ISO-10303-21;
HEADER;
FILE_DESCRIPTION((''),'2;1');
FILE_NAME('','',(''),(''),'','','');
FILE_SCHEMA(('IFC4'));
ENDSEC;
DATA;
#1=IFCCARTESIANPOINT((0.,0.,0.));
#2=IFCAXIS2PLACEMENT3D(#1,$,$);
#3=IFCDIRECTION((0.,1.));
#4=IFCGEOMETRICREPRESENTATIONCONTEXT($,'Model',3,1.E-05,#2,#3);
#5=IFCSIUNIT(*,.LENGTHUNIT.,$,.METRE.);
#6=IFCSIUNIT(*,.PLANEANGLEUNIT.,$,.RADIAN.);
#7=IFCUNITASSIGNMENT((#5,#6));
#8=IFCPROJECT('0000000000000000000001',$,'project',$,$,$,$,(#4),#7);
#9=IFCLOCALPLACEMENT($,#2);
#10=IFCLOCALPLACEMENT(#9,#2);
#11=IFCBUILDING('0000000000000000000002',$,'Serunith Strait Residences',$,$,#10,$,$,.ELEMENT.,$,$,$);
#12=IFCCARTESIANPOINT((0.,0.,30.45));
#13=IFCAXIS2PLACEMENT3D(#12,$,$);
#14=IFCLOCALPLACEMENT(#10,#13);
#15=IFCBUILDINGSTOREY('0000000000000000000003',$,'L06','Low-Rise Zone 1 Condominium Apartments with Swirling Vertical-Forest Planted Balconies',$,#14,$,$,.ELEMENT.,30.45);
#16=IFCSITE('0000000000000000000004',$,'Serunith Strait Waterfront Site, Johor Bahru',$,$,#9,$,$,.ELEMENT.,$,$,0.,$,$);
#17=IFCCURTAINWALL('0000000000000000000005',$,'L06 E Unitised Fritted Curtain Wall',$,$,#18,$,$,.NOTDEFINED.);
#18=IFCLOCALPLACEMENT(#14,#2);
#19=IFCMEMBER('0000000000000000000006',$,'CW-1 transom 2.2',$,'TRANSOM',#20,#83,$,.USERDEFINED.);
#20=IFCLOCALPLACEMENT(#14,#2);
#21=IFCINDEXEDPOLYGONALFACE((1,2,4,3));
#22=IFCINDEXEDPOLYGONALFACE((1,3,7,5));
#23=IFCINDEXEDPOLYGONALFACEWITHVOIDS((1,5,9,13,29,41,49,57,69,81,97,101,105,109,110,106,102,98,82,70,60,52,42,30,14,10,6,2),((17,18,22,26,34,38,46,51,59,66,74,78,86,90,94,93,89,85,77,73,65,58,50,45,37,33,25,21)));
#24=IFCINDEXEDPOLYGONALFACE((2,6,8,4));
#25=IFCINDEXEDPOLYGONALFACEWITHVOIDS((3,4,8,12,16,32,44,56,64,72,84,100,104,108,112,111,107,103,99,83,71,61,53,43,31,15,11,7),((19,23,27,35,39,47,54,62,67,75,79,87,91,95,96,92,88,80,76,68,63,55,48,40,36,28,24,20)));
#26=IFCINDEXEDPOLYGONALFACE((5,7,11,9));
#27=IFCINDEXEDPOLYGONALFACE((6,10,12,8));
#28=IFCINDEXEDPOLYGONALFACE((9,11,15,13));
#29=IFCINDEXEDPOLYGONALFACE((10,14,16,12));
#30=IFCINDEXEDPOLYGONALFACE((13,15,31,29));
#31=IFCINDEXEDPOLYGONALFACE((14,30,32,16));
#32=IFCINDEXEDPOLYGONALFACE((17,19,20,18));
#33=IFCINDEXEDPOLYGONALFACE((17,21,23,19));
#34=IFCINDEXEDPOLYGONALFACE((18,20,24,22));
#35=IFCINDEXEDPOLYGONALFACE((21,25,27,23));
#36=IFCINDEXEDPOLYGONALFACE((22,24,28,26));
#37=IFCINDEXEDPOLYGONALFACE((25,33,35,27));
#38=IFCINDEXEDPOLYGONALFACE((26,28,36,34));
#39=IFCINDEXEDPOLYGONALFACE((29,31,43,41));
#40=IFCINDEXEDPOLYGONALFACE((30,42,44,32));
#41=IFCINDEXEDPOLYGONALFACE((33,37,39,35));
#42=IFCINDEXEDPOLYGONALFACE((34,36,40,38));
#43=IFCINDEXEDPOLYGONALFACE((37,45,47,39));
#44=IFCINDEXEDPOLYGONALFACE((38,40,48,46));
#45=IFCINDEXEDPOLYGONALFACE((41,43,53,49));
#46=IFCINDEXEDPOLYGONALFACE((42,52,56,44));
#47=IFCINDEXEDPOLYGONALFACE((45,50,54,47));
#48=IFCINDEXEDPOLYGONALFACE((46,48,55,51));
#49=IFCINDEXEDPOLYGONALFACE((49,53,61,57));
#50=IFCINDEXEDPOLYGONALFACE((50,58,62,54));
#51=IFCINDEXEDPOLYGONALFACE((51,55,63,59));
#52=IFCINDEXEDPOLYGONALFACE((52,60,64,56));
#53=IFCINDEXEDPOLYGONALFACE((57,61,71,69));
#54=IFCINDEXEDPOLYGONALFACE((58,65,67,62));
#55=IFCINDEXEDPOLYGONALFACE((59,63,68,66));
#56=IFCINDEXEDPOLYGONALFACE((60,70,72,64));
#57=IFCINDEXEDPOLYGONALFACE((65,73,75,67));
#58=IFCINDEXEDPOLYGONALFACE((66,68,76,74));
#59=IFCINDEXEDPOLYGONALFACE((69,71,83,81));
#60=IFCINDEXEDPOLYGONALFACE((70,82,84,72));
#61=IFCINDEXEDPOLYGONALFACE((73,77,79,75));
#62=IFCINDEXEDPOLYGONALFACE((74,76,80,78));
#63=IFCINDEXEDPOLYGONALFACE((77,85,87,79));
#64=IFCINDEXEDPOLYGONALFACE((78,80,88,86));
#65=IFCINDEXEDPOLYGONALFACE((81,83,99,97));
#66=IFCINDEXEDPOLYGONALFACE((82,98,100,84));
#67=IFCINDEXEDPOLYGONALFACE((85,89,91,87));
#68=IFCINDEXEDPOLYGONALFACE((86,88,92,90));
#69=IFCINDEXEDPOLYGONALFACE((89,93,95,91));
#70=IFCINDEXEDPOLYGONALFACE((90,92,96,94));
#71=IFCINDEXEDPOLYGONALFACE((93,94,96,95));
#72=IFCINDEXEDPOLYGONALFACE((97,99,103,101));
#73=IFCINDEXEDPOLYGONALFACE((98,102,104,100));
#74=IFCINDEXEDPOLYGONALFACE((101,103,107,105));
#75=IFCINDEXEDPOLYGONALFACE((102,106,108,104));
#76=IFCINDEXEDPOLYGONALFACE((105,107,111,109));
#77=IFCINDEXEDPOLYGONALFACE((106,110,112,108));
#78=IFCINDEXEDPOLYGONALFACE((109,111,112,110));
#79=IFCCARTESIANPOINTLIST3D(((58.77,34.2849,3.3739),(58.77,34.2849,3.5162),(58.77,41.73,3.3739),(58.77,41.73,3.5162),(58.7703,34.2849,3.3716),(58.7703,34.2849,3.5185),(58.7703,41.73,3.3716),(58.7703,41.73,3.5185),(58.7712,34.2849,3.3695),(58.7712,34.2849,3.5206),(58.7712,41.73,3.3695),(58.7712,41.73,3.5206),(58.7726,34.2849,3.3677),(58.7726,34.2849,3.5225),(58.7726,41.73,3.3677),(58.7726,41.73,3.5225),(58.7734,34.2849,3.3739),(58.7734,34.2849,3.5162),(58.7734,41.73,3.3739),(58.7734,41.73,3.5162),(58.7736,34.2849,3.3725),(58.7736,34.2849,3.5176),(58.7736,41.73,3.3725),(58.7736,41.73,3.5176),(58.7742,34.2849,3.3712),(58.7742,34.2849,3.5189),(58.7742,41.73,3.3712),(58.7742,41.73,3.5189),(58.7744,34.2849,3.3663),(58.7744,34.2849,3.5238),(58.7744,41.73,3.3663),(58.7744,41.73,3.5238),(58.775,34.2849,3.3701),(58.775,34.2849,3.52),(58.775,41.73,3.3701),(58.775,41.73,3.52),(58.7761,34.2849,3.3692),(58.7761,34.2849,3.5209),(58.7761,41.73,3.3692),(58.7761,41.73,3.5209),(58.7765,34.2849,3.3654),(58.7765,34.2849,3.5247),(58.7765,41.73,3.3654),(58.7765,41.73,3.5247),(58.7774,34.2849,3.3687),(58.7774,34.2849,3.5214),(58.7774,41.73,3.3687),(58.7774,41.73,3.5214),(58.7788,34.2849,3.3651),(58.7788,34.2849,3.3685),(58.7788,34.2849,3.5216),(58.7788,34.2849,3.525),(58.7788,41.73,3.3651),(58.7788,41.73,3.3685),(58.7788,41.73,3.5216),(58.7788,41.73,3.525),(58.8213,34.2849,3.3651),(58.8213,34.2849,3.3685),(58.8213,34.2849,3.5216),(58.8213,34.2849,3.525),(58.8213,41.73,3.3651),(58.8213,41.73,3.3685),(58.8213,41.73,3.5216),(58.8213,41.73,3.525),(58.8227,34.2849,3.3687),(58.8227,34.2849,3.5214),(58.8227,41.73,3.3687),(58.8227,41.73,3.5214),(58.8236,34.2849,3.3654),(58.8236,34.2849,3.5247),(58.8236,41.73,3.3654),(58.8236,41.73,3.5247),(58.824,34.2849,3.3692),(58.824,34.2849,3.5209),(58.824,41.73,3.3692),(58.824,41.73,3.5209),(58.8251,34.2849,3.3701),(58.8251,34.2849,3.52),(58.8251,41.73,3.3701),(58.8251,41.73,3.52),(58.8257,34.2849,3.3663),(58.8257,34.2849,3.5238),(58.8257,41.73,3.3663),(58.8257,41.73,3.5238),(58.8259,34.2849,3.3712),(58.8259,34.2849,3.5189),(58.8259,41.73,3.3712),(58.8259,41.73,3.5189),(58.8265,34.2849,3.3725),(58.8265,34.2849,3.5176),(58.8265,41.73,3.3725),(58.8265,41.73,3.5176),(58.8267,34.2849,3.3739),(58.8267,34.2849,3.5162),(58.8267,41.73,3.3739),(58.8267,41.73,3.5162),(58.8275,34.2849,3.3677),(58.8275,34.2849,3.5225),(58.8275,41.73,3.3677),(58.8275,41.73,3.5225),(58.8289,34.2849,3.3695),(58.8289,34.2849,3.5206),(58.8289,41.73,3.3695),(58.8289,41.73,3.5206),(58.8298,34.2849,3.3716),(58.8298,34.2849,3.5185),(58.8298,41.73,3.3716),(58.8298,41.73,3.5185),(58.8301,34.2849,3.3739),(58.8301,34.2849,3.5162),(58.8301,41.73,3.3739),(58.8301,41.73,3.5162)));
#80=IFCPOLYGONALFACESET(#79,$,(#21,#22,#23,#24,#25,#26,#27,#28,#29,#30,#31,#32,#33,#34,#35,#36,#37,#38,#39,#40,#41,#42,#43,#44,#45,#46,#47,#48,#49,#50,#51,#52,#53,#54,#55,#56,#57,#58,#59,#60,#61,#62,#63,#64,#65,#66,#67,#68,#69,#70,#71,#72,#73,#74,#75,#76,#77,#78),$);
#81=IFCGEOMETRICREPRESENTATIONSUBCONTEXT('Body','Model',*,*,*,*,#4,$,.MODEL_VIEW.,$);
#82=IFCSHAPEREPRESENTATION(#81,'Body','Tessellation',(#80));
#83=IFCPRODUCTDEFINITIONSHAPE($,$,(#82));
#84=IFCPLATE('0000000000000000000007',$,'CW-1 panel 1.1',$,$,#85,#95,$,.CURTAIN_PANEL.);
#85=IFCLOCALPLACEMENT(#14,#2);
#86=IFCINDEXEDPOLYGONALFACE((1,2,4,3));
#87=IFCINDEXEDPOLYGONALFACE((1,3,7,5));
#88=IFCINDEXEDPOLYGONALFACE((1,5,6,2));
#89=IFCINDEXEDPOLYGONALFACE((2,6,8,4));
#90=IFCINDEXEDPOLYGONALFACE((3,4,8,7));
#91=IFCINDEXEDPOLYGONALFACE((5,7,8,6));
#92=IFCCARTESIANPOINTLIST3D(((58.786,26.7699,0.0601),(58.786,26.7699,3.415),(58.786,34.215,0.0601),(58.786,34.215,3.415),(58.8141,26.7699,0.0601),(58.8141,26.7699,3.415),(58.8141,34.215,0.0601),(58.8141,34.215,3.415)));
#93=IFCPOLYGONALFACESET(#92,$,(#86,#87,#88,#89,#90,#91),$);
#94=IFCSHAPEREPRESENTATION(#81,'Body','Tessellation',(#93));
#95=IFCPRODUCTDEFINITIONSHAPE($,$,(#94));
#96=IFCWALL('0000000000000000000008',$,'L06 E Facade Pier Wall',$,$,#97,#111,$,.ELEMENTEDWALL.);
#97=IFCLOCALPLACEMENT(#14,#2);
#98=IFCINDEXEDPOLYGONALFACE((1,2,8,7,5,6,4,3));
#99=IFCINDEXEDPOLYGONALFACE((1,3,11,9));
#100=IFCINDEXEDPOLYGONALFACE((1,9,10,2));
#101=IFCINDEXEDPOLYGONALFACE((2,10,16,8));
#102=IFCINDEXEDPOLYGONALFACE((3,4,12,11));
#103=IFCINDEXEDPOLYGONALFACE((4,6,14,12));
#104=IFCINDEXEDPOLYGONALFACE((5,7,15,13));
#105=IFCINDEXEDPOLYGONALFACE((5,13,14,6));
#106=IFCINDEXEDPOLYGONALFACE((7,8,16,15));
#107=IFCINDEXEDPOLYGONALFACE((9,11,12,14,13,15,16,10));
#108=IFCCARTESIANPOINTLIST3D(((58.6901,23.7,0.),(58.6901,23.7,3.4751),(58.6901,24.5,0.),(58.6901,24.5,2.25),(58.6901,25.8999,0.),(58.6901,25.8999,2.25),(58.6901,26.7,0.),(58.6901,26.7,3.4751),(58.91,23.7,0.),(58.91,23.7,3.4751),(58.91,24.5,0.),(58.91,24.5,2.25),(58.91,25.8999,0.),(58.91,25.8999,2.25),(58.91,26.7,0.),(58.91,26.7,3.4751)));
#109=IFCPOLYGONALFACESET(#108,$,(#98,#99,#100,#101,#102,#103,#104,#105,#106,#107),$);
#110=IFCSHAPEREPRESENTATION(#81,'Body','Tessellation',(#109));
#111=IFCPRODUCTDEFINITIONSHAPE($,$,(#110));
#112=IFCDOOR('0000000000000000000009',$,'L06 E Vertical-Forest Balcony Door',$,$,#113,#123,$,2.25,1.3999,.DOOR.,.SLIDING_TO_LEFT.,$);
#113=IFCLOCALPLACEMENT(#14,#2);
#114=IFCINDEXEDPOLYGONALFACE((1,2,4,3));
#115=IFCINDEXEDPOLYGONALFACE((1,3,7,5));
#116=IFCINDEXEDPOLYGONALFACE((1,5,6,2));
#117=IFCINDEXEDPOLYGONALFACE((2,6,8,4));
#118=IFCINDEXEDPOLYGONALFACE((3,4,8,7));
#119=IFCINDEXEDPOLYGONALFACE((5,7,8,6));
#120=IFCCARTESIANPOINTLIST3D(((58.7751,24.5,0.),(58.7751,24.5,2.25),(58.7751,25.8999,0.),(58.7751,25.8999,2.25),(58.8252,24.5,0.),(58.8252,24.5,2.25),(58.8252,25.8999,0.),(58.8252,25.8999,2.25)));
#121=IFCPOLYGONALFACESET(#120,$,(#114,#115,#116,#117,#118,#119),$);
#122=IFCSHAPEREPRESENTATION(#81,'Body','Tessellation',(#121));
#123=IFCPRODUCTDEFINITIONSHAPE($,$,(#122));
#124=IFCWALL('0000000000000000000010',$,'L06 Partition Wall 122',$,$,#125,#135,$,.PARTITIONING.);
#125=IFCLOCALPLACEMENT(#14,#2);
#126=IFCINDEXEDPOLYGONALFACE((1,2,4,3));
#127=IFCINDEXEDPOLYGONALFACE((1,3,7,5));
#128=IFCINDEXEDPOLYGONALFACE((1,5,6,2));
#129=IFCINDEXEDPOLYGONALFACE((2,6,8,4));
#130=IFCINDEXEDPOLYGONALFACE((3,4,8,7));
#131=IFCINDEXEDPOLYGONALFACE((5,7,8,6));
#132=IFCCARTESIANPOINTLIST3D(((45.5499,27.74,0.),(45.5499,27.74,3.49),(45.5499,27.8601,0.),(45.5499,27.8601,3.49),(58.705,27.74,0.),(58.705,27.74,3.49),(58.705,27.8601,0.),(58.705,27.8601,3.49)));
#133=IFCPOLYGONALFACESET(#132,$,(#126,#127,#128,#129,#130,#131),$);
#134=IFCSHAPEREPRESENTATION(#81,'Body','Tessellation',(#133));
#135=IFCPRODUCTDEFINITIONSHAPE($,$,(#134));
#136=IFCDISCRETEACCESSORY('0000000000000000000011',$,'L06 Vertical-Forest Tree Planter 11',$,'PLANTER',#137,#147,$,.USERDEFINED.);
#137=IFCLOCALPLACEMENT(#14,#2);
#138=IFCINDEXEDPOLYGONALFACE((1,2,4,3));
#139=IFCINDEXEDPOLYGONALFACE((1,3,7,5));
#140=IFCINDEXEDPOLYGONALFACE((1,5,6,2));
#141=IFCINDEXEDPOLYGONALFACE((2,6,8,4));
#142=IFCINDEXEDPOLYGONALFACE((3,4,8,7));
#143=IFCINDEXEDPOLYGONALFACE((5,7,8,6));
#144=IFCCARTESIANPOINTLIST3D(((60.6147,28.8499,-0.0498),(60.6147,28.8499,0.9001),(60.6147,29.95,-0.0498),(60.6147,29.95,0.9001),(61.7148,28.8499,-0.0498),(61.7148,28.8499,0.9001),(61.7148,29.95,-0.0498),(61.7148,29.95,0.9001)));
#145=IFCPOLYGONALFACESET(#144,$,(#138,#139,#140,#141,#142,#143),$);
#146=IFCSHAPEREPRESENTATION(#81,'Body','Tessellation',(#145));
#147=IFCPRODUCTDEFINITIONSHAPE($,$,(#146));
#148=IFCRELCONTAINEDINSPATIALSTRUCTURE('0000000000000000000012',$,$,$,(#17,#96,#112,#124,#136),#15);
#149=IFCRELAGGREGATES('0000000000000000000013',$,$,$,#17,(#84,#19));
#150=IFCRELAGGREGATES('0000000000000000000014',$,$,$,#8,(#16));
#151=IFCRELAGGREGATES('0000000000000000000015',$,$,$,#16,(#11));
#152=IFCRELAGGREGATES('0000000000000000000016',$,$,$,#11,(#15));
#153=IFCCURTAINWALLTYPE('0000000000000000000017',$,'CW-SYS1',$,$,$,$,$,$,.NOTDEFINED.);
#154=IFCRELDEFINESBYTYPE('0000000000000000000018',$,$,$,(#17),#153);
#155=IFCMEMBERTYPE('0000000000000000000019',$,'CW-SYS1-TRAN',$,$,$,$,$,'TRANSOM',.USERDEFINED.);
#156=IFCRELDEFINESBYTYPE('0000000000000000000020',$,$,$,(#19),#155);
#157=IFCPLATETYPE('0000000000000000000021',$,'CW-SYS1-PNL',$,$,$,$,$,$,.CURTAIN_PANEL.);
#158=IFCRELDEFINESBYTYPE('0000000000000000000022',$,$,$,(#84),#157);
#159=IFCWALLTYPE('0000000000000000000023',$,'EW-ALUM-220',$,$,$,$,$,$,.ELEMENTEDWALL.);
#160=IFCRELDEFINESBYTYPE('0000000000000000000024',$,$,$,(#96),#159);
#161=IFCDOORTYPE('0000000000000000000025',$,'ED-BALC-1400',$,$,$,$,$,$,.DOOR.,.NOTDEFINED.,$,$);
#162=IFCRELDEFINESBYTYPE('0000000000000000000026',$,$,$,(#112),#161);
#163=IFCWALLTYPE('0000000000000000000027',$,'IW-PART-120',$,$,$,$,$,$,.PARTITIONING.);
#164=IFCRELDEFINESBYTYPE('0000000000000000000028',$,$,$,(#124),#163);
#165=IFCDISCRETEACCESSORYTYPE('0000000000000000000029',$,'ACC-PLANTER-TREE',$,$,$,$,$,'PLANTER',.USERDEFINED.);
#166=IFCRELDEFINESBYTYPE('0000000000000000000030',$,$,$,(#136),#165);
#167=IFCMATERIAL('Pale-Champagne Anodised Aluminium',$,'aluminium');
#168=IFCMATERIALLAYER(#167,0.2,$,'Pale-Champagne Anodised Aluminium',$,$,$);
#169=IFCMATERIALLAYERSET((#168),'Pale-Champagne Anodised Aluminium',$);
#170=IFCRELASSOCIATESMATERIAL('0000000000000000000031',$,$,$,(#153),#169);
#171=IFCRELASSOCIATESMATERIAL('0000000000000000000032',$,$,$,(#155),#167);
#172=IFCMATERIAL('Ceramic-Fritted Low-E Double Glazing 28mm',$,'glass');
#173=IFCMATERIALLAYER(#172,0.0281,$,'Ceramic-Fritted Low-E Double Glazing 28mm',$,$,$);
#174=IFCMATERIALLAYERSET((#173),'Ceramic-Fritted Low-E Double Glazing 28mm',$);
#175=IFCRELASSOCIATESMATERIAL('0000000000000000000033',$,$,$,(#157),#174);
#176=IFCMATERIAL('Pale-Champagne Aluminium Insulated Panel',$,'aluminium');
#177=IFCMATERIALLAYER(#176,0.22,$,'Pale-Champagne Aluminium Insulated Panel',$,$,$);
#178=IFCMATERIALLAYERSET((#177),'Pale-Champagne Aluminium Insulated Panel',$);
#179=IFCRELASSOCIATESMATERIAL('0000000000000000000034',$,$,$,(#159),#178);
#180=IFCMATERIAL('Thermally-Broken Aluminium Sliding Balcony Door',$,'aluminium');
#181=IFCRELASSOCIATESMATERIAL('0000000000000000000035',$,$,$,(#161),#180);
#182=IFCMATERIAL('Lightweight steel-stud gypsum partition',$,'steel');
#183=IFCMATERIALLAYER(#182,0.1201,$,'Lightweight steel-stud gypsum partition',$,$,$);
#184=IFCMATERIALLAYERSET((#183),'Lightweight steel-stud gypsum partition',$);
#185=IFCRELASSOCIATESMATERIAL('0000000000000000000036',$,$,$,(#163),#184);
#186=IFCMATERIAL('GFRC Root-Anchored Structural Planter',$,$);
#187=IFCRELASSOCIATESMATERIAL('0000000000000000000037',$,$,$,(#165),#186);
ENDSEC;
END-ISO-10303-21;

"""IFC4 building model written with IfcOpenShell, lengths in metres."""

from ifc_helpers import new_model, si_unit, direction, frame, frame_2d, origin, origin_2d, place, context, subcontext, project, spatial, rectangle, hollow_rectangle, extrude, source, transform, mapped, material, layer, layer_set, material_profile, profile_set, type_object, element, fill, aggregate, save


model = new_model("IFC4")

# Units and contexts
model_context = context("Model", 3, precision=1e-05, world=origin(), true_north=direction((0.0, 1.0)))
body_context = subcontext(model_context, "Body", "Model", "MODEL_VIEW")
ifc_project = project(units=[si_unit("LENGTHUNIT", "METRE"), si_unit("PLANEANGLEUNIT", "RADIAN")], contexts=[model_context])

# Site, building, storey
site_placement = place(None, origin())
site = spatial("IfcSite", under=ifc_project, at=site_placement, Name="Serunith Strait Waterfront Site, Johor Bahru", CompositionType="ELEMENT", RefElevation=0.0)
building_placement = place(site_placement, origin())
building = spatial("IfcBuilding", under=site, at=building_placement, Name="Serunith Strait Residences", CompositionType="ELEMENT")
storey_placement = place(building_placement, frame((0.0, 0.0, 30.45)))
storey = spatial("IfcBuildingStorey", under=building, at=storey_placement, Name="L06", Description="Low-Rise Zone 1 Condominium Apartments with Swirling Vertical-Forest Planted Balconies", CompositionType="ELEMENT", Elevation=30.45)

# Curtain wall, member, plate
ifc_material_1 = material(Name="Pale-Champagne Anodised Aluminium", Category="aluminium")
ifc_layer_1 = layer(ifc_material_1, 0.2, Name="Pale-Champagne Anodised Aluminium")
ifc_layer_set_1 = layer_set([ifc_layer_1], Name="Pale-Champagne Anodised Aluminium")
curtain_wall_type = type_object("IfcCurtainWallType", Name="CW-SYS1", PredefinedType="NOTDEFINED", material=ifc_layer_set_1)
curtain_wall_placement = place(storey_placement, origin())
curtain_wall = element("IfcCurtainWall", 1, at=curtain_wall_placement, inside=storey, type_object=curtain_wall_type, Name="L06 E Unitised Fritted Curtain Wall", PredefinedType="NOTDEFINED")
ifc_material_profile_1 = material_profile(ifc_material_1, hollow_rectangle(XDim=0.0601, YDim=0.1599, WallThickness=0.0034, InnerFilletRadius=0.0054, OuterFilletRadius=0.0088, at=origin_2d()), Name="ALU 160x60x3.5")
ifc_profile_set_1 = profile_set([ifc_material_profile_1], Name="Pale-Champagne Anodised Aluminium")
member_type_1 = type_object("IfcMemberType", Name="CW-SYS1-TRAN", ElementType="TRANSOM", PredefinedType="USERDEFINED", material=ifc_profile_set_1)
shared_shape_1 = source(origin(), body_context, "Body", "SweptSolid", [
    extrude(hollow_rectangle(XDim=0.0601, YDim=0.1599, WallThickness=0.0034, InnerFilletRadius=0.0054, OuterFilletRadius=0.0088, at=origin_2d()), origin(), (0.0, 0.0, 1.0), 7.4451),
])
member_1_placement = place(storey_placement, frame((58.8, 34.2849, 3.4451), z_axis=(0.0, 1.0, 0.0), x_axis=(-1.0, 0.0, 0.0)))
member_1 = element("IfcMember", 2, at=member_1_placement, type_object=member_type_1, Name="CW-1 transom 2.2", ObjectType="TRANSOM", PredefinedType="USERDEFINED", context=body_context, shape_type="MappedRepresentation", body=[
    mapped(shared_shape_1, transform((0.0, 0.0, 0.0), scale=1.0)),
])
ifc_material_2 = material(Name="Ceramic-Fritted Low-E Double Glazing 28mm", Category="glass")
ifc_layer_2 = layer(ifc_material_2, 0.0281, Name="Ceramic-Fritted Low-E Double Glazing 28mm")
ifc_layer_set_2 = layer_set([ifc_layer_2], Name="Ceramic-Fritted Low-E Double Glazing 28mm")
plate_type = type_object("IfcPlateType", Name="CW-SYS1-PNL", PredefinedType="CURTAIN_PANEL", material=ifc_layer_set_2)
shared_shape_2 = source(origin(), body_context, "Body", "SweptSolid", [
    extrude(rectangle(XDim=7.4451, YDim=0.0281, at=origin_2d()), origin(), (0.0, 0.0, 1.0), 3.355),
])
plate_placement = place(storey_placement, frame((58.8, 30.4924, 0.0601), z_axis=(0.0, 0.0, 1.0), x_axis=(0.0, 1.0, 0.0)))
plate = element("IfcPlate", 3, at=plate_placement, type_object=plate_type, Name="CW-1 panel 1.1", PredefinedType="CURTAIN_PANEL", context=body_context, shape_type="MappedRepresentation", body=[
    mapped(shared_shape_2, transform((0.0, 0.0, 0.0), scale=1.0)),
])
aggregate(curtain_wall, [plate, member_1])

# Wall, opening, door
ifc_material_3 = material(Name="Pale-Champagne Aluminium Insulated Panel", Category="aluminium")
ifc_layer_3 = layer(ifc_material_3, 0.22, Name="Pale-Champagne Aluminium Insulated Panel")
ifc_layer_set_3 = layer_set([ifc_layer_3], Name="Pale-Champagne Aluminium Insulated Panel")
wall_type_1 = type_object("IfcWallType", Name="EW-ALUM-220", PredefinedType="ELEMENTEDWALL", material=ifc_layer_set_3)
wall_1_placement = place(storey_placement, frame((58.8, 23.7, 0.0), z_axis=(0.0, 0.0, 1.0), x_axis=(0.0, 1.0, 0.0)))
wall_1 = element("IfcWall", 4, at=wall_1_placement, inside=storey, type_object=wall_type_1, Name="L06 E Facade Pier Wall", PredefinedType="ELEMENTEDWALL", context=body_context, shape_type="SweptSolid", body=[
    extrude(rectangle(XDim=3.0, YDim=0.22, at=frame_2d((1.5, 0.0))), origin(), (0.0, 0.0, 1.0), 3.4751),
])
opening_placement = place(wall_1_placement, frame((0.8, 0.0, 0.0)))
opening = element("IfcOpeningElement", 5, at=opening_placement, cuts=wall_1, PredefinedType="OPENING", context=body_context, shape_type="SweptSolid", body=[
    extrude(rectangle(XDim=1.3999, YDim=2.25, at=frame_2d((0.7, 1.125))), frame((0.0, 0.1201, 0.0), z_axis=(0.0, -1.0, 0.0), x_axis=(1.0, 0.0, 0.0)), (0.0, 0.0, 1.0), 0.24),
])
ifc_material_4 = material(Name="Thermally-Broken Aluminium Sliding Balcony Door", Category="aluminium")
door_type = type_object("IfcDoorType", Name="ED-BALC-1400", OperationType="NOTDEFINED", PredefinedType="DOOR", material=ifc_material_4)
shared_shape_3 = source(origin(), body_context, "Body", "SweptSolid", [
    extrude(rectangle(XDim=1.3999, YDim=2.25, at=frame_2d((0.7, 1.125))), frame((0.0, 0.0249, 0.0), z_axis=(0.0, -1.0, 0.0), x_axis=(1.0, 0.0, 0.0)), (0.0, 0.0, 1.0), 0.05),
])
door_placement = place(opening_placement, origin())
door = element("IfcDoor", 6, at=door_placement, inside=storey, type_object=door_type, Name="L06 E Vertical-Forest Balcony Door", OperationType="SLIDING_TO_LEFT", OverallHeight=2.25, OverallWidth=1.3999, PredefinedType="DOOR", context=body_context, shape_type="MappedRepresentation", body=[
    mapped(shared_shape_3, transform((0.0, 0.0, 0.0), scale=1.0)),
])
fill(opening, door)

# Wall
ifc_material_5 = material(Name="Lightweight steel-stud gypsum partition", Category="steel")
ifc_layer_4 = layer(ifc_material_5, 0.1201, Name="Lightweight steel-stud gypsum partition")
ifc_layer_set_4 = layer_set([ifc_layer_4], Name="Lightweight steel-stud gypsum partition")
wall_type_2 = type_object("IfcWallType", Name="IW-PART-120", PredefinedType="PARTITIONING", material=ifc_layer_set_4)
wall_2_placement = place(storey_placement, frame((58.7051, 27.8, 0.0), z_axis=(0.0, 0.0, 1.0), x_axis=(-1.0, 0.0, 0.0)))
element("IfcWall", 7, at=wall_2_placement, inside=storey, type_object=wall_type_2, Name="L06 Partition Wall 122", PredefinedType="PARTITIONING", context=body_context, shape_type="SweptSolid", body=[
    extrude(rectangle(XDim=13.155, YDim=0.1201, at=frame_2d((6.5776, 0.0))), origin(), (0.0, 0.0, 1.0), 3.49),
])

# Discrete accessory
ifc_material_6 = material(Name="GFRC Root-Anchored Structural Planter")
discrete_accessory_type = type_object("IfcDiscreteAccessoryType", Name="ACC-PLANTER-TREE", ElementType="PLANTER", PredefinedType="USERDEFINED", material=ifc_material_6)
shared_shape_4 = source(origin(), body_context, "Body", "SweptSolid", [
    extrude(rectangle(XDim=1.1001, YDim=1.1001, at=origin_2d()), origin(), (0.0, 0.0, 1.0), 0.95),
])
discrete_accessory_placement = place(storey_placement, frame((61.1648, 29.3999, -0.0498), z_axis=(0.0, 0.0, 1.0), x_axis=(0.0, 1.0, 0.0)))
element("IfcDiscreteAccessory", 8, at=discrete_accessory_placement, inside=storey, type_object=discrete_accessory_type, Name="L06 Vertical-Forest Tree Planter 11", ObjectType="PLANTER", PredefinedType="USERDEFINED", context=body_context, shape_type="MappedRepresentation", body=[
    mapped(shared_shape_4, transform((0.0, 0.0, 0.0), scale=1.0)),
])

save(model, "model.ifc")
